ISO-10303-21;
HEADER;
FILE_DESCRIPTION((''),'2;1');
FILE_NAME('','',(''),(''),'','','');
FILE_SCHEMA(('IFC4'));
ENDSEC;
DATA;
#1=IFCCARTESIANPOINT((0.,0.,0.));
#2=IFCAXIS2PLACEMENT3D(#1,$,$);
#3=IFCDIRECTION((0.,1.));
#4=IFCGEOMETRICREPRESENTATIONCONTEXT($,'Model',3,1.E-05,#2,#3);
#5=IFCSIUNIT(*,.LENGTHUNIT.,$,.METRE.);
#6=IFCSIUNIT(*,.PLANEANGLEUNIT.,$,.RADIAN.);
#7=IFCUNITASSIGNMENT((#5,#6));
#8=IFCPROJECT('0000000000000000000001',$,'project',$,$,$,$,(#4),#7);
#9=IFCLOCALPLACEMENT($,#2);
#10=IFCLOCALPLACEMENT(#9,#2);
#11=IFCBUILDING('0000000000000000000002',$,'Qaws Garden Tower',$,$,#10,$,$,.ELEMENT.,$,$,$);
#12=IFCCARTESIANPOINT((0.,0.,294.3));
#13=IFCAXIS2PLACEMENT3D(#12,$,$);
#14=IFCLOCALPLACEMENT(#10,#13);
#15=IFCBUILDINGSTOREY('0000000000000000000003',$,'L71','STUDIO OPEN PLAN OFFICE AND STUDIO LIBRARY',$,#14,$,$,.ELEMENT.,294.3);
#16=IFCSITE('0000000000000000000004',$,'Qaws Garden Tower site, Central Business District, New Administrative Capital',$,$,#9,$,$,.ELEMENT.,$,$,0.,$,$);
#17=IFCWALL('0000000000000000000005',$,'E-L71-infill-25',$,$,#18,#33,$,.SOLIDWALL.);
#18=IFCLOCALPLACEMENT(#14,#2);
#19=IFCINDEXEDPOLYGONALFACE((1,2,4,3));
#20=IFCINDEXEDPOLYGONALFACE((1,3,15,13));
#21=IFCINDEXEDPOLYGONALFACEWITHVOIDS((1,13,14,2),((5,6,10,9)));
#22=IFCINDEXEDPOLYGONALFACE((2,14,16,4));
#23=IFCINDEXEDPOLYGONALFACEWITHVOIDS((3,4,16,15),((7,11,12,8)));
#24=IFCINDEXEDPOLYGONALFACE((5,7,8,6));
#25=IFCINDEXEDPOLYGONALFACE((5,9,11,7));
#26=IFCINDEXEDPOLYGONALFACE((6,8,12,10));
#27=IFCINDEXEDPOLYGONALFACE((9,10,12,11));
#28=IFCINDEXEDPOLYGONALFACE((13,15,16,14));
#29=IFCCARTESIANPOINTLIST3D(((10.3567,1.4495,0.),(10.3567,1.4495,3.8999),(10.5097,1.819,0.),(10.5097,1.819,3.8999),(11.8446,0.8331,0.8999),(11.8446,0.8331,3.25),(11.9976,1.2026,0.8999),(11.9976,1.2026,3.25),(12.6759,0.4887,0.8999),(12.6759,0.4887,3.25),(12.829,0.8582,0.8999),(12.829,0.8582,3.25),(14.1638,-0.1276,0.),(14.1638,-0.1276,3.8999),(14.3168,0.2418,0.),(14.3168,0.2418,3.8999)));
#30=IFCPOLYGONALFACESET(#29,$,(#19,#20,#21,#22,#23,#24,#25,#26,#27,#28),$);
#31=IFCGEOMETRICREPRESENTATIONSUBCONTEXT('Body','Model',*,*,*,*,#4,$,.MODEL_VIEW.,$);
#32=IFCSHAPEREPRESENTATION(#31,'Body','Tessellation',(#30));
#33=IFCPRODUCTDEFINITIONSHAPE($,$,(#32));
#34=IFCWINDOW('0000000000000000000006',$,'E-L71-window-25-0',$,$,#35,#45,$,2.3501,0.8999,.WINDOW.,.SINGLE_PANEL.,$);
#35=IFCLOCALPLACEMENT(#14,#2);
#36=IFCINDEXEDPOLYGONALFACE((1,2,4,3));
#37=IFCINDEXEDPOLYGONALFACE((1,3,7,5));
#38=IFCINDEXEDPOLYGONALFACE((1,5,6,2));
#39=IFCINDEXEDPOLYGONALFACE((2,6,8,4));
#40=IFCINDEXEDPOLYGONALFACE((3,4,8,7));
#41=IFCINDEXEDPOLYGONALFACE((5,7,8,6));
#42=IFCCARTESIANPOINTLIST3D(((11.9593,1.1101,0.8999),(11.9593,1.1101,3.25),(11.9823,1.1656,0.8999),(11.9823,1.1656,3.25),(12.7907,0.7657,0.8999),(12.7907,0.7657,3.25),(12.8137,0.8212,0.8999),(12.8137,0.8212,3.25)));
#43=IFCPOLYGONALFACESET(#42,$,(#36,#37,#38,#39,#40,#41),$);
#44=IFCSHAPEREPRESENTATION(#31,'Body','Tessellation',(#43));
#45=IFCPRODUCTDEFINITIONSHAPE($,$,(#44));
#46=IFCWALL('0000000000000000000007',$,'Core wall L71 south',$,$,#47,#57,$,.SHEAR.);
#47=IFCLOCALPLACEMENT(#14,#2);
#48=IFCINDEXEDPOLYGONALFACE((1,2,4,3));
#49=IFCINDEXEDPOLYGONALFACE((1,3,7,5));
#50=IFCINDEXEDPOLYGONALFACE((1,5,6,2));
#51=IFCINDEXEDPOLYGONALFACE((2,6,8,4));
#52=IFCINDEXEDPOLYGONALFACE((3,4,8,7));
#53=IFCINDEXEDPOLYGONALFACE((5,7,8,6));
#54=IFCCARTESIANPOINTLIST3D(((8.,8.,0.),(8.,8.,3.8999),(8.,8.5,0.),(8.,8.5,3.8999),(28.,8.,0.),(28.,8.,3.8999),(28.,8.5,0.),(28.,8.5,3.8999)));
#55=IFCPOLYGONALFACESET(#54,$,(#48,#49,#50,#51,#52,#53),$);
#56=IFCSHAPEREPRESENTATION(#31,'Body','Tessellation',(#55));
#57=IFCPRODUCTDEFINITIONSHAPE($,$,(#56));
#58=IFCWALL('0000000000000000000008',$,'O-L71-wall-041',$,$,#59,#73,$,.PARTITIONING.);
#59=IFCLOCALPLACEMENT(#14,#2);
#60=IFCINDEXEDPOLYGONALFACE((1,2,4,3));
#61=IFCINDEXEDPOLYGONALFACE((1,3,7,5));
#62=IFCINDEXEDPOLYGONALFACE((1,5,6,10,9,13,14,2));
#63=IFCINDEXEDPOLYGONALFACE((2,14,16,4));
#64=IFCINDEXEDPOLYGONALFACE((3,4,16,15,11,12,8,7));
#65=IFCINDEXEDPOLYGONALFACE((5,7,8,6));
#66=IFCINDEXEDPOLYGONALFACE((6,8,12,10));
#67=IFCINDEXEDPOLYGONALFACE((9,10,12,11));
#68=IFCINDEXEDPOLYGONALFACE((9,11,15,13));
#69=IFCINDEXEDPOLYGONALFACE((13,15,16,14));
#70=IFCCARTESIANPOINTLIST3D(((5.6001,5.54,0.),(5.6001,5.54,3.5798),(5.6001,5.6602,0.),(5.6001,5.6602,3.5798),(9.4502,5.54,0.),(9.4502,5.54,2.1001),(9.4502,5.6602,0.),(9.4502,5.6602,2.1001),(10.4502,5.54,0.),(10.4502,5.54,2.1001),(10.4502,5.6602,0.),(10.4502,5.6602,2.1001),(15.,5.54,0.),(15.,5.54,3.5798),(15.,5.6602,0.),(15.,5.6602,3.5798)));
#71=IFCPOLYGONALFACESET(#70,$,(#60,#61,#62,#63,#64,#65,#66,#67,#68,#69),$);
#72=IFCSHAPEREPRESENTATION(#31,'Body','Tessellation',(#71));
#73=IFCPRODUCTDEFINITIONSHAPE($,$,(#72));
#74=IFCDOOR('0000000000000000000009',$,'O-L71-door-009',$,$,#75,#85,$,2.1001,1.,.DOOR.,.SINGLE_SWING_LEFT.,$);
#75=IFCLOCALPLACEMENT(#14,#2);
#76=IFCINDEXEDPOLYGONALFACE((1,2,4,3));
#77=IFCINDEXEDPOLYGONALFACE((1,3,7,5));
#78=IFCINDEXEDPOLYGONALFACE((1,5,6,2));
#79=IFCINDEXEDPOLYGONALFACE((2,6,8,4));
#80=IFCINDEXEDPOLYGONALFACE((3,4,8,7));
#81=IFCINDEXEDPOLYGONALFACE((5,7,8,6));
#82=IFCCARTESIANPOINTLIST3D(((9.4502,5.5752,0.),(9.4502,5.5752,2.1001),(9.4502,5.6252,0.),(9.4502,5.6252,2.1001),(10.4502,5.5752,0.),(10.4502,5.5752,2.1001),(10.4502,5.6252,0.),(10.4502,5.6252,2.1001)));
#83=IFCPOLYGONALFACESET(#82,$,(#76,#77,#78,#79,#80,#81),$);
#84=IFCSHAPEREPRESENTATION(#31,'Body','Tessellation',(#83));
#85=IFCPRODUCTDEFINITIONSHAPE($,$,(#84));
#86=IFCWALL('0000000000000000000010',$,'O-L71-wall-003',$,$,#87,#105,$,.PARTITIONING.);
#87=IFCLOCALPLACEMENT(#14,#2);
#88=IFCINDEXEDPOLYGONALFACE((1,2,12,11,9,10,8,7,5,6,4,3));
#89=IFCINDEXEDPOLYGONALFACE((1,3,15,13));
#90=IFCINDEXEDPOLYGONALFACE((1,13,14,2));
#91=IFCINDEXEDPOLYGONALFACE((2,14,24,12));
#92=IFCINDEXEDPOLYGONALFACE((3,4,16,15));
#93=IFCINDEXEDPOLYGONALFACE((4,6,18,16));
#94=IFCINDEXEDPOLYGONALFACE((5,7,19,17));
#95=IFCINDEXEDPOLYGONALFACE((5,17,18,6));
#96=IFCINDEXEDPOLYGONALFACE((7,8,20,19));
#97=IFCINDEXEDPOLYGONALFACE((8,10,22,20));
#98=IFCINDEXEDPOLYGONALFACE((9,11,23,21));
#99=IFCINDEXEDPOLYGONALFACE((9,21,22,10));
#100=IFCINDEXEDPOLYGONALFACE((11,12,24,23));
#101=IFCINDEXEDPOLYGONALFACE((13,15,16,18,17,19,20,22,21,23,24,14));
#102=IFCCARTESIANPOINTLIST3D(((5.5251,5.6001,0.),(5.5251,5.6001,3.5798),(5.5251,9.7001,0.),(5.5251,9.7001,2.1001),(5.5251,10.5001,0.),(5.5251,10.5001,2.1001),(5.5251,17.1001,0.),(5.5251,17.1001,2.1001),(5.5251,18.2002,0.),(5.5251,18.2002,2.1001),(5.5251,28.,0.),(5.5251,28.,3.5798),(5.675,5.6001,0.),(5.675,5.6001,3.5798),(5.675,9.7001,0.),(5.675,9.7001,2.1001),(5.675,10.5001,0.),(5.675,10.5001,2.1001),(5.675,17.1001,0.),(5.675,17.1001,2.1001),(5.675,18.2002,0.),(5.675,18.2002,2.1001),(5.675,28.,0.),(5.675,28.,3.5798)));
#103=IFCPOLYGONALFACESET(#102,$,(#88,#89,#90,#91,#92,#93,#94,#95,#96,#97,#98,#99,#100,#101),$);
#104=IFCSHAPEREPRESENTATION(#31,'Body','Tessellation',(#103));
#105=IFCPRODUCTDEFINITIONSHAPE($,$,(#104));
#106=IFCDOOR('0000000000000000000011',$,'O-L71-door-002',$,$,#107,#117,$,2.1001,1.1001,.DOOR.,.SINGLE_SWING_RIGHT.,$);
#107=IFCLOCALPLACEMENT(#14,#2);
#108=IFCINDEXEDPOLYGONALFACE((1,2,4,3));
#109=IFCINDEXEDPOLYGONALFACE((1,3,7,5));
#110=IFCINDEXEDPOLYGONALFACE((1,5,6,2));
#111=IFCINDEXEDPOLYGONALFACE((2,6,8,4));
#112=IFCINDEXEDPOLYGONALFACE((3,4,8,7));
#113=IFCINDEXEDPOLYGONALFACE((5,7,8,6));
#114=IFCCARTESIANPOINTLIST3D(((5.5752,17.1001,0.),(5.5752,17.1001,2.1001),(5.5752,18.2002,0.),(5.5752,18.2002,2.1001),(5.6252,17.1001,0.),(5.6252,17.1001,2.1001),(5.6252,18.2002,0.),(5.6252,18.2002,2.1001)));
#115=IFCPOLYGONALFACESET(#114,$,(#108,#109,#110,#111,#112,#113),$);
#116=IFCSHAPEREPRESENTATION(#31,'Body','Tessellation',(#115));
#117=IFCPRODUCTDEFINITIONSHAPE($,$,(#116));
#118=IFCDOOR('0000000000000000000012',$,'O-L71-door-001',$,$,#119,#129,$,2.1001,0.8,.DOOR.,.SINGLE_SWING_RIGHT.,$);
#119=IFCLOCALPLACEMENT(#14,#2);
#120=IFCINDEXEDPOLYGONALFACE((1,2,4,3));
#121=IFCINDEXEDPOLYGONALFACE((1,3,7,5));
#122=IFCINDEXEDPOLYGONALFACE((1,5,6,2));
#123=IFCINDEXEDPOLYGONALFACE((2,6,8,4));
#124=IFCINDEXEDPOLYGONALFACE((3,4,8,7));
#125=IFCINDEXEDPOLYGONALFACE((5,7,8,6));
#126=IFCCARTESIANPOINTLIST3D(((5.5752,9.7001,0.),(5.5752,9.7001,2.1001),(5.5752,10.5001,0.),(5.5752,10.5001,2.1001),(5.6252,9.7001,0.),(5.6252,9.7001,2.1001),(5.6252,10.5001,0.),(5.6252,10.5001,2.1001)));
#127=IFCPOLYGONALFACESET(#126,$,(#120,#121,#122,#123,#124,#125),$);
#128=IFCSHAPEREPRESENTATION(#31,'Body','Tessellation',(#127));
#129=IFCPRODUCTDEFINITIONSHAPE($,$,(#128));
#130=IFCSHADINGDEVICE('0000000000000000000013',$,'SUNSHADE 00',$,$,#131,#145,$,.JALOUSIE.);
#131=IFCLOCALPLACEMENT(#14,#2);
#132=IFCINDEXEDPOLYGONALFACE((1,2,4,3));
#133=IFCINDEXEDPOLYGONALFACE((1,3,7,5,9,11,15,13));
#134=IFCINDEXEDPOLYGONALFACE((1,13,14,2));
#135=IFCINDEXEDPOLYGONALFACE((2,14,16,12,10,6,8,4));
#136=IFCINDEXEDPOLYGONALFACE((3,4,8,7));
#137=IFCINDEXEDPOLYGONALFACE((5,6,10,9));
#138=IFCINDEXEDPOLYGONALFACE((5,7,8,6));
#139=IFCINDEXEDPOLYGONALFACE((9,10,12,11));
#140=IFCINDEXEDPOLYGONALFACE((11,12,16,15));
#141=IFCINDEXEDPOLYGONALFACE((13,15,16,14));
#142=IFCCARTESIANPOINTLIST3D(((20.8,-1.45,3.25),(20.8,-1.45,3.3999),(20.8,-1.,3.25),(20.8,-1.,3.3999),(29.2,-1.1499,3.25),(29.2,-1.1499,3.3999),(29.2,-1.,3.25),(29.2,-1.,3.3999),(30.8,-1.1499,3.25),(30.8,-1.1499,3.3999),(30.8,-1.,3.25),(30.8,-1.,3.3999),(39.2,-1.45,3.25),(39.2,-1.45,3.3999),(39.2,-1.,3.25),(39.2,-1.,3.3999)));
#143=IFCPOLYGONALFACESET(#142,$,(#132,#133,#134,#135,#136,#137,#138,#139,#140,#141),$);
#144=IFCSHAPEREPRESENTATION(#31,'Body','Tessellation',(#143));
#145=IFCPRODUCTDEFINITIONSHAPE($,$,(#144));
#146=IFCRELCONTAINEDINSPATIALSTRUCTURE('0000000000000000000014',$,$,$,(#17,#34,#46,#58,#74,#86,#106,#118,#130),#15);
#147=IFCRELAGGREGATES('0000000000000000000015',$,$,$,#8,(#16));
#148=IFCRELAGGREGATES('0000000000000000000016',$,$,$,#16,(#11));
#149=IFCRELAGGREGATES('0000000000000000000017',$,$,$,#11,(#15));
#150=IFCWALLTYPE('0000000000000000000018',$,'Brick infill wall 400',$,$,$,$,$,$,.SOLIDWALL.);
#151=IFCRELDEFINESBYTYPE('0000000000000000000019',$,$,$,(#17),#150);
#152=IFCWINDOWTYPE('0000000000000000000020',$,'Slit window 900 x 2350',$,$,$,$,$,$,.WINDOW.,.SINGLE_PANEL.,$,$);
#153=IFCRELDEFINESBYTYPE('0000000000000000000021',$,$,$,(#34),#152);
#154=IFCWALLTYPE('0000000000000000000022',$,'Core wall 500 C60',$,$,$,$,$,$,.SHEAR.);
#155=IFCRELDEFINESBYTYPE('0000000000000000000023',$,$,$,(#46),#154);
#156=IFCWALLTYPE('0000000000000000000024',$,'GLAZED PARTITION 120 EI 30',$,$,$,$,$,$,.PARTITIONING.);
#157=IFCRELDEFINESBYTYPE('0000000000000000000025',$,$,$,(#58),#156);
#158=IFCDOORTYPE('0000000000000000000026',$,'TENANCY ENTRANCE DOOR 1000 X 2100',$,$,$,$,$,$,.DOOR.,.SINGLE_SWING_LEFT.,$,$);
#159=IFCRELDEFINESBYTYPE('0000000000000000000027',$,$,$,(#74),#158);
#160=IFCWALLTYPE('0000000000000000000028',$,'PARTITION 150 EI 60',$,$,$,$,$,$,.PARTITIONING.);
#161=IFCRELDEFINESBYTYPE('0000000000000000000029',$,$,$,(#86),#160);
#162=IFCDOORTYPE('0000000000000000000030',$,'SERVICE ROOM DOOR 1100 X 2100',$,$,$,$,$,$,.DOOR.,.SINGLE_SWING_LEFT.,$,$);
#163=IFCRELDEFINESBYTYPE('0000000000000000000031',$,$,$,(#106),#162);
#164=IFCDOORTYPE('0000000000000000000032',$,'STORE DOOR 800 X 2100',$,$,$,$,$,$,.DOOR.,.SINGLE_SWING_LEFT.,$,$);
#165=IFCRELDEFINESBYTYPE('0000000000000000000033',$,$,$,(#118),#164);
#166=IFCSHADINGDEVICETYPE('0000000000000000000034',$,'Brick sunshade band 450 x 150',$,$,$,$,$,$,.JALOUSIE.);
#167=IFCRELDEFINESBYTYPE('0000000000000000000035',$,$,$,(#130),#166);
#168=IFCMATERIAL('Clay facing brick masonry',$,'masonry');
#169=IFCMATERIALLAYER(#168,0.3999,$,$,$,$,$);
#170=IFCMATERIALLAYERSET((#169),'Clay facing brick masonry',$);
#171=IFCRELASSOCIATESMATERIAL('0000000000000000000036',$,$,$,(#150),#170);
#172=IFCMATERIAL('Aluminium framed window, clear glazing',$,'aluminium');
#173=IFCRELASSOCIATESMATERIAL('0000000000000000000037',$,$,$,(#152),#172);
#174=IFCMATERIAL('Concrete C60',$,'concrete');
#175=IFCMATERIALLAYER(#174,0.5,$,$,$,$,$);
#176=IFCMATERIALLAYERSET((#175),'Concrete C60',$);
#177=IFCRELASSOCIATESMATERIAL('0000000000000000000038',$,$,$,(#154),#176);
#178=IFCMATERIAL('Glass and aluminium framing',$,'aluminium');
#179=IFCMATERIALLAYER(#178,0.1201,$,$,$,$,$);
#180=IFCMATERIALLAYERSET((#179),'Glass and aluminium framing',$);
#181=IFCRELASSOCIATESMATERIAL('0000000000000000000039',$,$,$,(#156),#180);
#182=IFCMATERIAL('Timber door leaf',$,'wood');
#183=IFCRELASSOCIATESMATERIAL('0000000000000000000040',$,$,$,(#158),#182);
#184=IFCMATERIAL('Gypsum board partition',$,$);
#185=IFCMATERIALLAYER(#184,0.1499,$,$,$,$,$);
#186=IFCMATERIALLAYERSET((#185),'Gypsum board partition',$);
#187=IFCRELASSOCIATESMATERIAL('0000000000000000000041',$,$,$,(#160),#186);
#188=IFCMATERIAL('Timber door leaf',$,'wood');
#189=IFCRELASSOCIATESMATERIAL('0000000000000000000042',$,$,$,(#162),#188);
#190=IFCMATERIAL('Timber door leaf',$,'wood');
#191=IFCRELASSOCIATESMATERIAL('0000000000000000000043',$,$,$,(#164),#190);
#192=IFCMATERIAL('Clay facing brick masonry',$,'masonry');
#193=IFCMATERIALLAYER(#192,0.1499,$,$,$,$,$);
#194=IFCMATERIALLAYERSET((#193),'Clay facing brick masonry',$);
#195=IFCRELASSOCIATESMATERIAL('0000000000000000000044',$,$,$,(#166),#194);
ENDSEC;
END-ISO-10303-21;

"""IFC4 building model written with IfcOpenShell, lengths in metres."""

from ifc_helpers import new_model, si_unit, direction, frame, frame_2d, origin, place, context, subcontext, project, spatial, polyline, rectangle, outline, extrude, material, layer, layer_set, type_object, element, fill, save


model = new_model("IFC4")

# Units and contexts
model_context = context("Model", 3, precision=1e-05, world=origin(), true_north=direction((0.0, 1.0)))
body_context = subcontext(model_context, "Body", "Model", "MODEL_VIEW")
ifc_project = project(units=[si_unit("LENGTHUNIT", "METRE"), si_unit("PLANEANGLEUNIT", "RADIAN")], contexts=[model_context])

# Site, building, storey
site_placement = place(None, origin())
site = spatial("IfcSite", under=ifc_project, at=site_placement, Name="Qaws Garden Tower site, Central Business District, New Administrative Capital", CompositionType="ELEMENT", RefElevation=0.0)
building_placement = place(site_placement, origin())
building = spatial("IfcBuilding", under=site, at=building_placement, Name="Qaws Garden Tower", CompositionType="ELEMENT")
storey_placement = place(building_placement, frame((0.0, 0.0, 294.3)))
storey = spatial("IfcBuildingStorey", under=building, at=storey_placement, Name="L71", Description="STUDIO OPEN PLAN OFFICE AND STUDIO LIBRARY", CompositionType="ELEMENT", Elevation=294.3)

# Wall, opening, window
ifc_material_1 = material(Name="Clay facing brick masonry", Category="masonry")
ifc_layer_1 = layer(ifc_material_1, 0.3999)
ifc_layer_set_1 = layer_set([ifc_layer_1], Name="Clay facing brick masonry")
wall_type_1 = type_object("IfcWallType", Name="Brick infill wall 400", PredefinedType="SOLIDWALL", material=ifc_layer_set_1)
ifc_material_2 = material(Name="Aluminium framed window, clear glazing", Category="aluminium")
window_type = type_object("IfcWindowType", Name="Slit window 900 x 2350", PartitioningType="SINGLE_PANEL", PredefinedType="WINDOW", material=ifc_material_2)
wall_1_placement = place(storey_placement, frame((10.4331, 1.6343, 0.0), z_axis=(0.0, 0.0, 1.0), x_axis=(0.923864, -0.382722, 0.0)))
wall_1 = element("IfcWall", 1, at=wall_1_placement, inside=storey, type_object=wall_type_1, Name="E-L71-infill-25", PredefinedType="SOLIDWALL", context=body_context, shape_type="SweptSolid", body=[
    extrude(rectangle(XDim=4.1208, YDim=0.3999, at=frame_2d((2.0605, 0.0))), origin(), (0.0, 0.0, 1.0), 3.8999),
])
opening_1_placement = place(wall_1_placement, frame((1.6106, 0.0, 0.8999)))
opening_1 = element("IfcOpeningElement", 2, at=opening_1_placement, cuts=wall_1, PredefinedType="OPENING", context=body_context, shape_type="SweptSolid", body=[
    extrude(rectangle(XDim=0.8999, YDim=2.3501, at=frame_2d((0.45, 1.175))), frame((0.0, 0.21, 0.0), z_axis=(0.0, -1.0, 0.0), x_axis=(1.0, 0.0, 0.0)), (0.0, 0.0, 1.0), 0.4199),
])
window_1_placement = place(opening_1_placement, origin())
window_1 = element("IfcWindow", 3, at=window_1_placement, inside=storey, type_object=window_type, Name="E-L71-window-25-0", OverallHeight=2.3501, OverallWidth=0.8999, PartitioningType="SINGLE_PANEL", PredefinedType="WINDOW", context=body_context, shape_type="SweptSolid", body=[
    extrude(rectangle(XDim=0.8999, YDim=2.3501, at=frame_2d((0.45, 1.175))), frame((0.0, 0.1599, 0.0), z_axis=(0.0, -1.0, 0.0), x_axis=(1.0, 0.0, 0.0)), (0.0, 0.0, 1.0), 0.0601),
])
fill(opening_1, window_1)

# Wall
ifc_material_3 = material(Name="Concrete C60", Category="concrete")
ifc_layer_2 = layer(ifc_material_3, 0.5)
ifc_layer_set_2 = layer_set([ifc_layer_2], Name="Concrete C60")
wall_type_2 = type_object("IfcWallType", Name="Core wall 500 C60", PredefinedType="SHEAR", material=ifc_layer_set_2)
wall_2_placement = place(storey_placement, frame((8.0, 8.25, 0.0), z_axis=(0.0, 0.0, 1.0), x_axis=(1.0, 0.0, 0.0)))
element("IfcWall", 4, at=wall_2_placement, inside=storey, type_object=wall_type_2, Name="Core wall L71 south", PredefinedType="SHEAR", context=body_context, shape_type="SweptSolid", body=[
    extrude(rectangle(XDim=20.0, YDim=0.5, at=frame_2d((10.0, 0.0))), origin(), (0.0, 0.0, 1.0), 3.8999),
])

# Wall, opening, door
ifc_material_4 = material(Name="Glass and aluminium framing", Category="aluminium")
ifc_layer_3 = layer(ifc_material_4, 0.1201)
ifc_layer_set_3 = layer_set([ifc_layer_3], Name="Glass and aluminium framing")
wall_type_3 = type_object("IfcWallType", Name="GLAZED PARTITION 120 EI 30", PredefinedType="PARTITIONING", material=ifc_layer_set_3)
wall_3_placement = place(storey_placement, frame((5.6001, 5.6001, 0.0), z_axis=(0.0, 0.0, 1.0), x_axis=(1.0, 0.0, 0.0)))
wall_3 = element("IfcWall", 5, at=wall_3_placement, inside=storey, type_object=wall_type_3, Name="O-L71-wall-041", PredefinedType="PARTITIONING", context=body_context, shape_type="SweptSolid", body=[
    extrude(rectangle(XDim=9.3999, YDim=0.1201, at=frame_2d((4.7, 0.0))), origin(), (0.0, 0.0, 1.0), 3.5798),
])
opening_2_placement = place(wall_3_placement, frame((3.8501, 0.0, 0.0)))
opening_2 = element("IfcOpeningElement", 6, at=opening_2_placement, cuts=wall_3, PredefinedType="OPENING", context=body_context, shape_type="SweptSolid", body=[
    extrude(rectangle(XDim=1.0, YDim=2.1001, at=frame_2d((0.5, 1.05))), frame((0.0, 0.0701, 0.0), z_axis=(0.0, -1.0, 0.0), x_axis=(1.0, 0.0, 0.0)), (0.0, 0.0, 1.0), 0.1401),
])
ifc_material_5 = material(Name="Timber door leaf", Category="wood")
door_type_1 = type_object("IfcDoorType", Name="TENANCY ENTRANCE DOOR 1000 X 2100", OperationType="SINGLE_SWING_LEFT", PredefinedType="DOOR", material=ifc_material_5)
door_1_placement = place(opening_2_placement, frame((1.0, 0.0, 0.0), z_axis=(0.0, 0.0, 1.0), x_axis=(-1.0, 0.0, 0.0)))
door_1 = element("IfcDoor", 7, at=door_1_placement, inside=storey, type_object=door_type_1, Name="O-L71-door-009", OperationType="SINGLE_SWING_LEFT", OverallHeight=2.1001, OverallWidth=1.0, PredefinedType="DOOR", context=body_context, shape_type="SweptSolid", body=[
    extrude(rectangle(XDim=1.0, YDim=2.1001, at=frame_2d((0.5, 1.05))), frame((0.0, 0.0249, 0.0), z_axis=(0.0, -1.0, 0.0), x_axis=(1.0, 0.0, 0.0)), (0.0, 0.0, 1.0), 0.05),
])
fill(opening_2, door_1)

# Wall, openings, doors
ifc_material_6 = material(Name="Gypsum board partition")
ifc_layer_4 = layer(ifc_material_6, 0.1499)
ifc_layer_set_4 = layer_set([ifc_layer_4], Name="Gypsum board partition")
wall_type_4 = type_object("IfcWallType", Name="PARTITION 150 EI 60", PredefinedType="PARTITIONING", material=ifc_layer_set_4)
wall_4_placement = place(storey_placement, frame((5.6001, 5.6001, 0.0), z_axis=(0.0, 0.0, 1.0), x_axis=(0.0, 1.0, 0.0)))
wall_4 = element("IfcWall", 8, at=wall_4_placement, inside=storey, type_object=wall_type_4, Name="O-L71-wall-003", PredefinedType="PARTITIONING", context=body_context, shape_type="SweptSolid", body=[
    extrude(rectangle(XDim=22.3999, YDim=0.1499, at=frame_2d((11.2, 0.0))), origin(), (0.0, 0.0, 1.0), 3.5798),
])
opening_3_placement = place(wall_4_placement, frame((4.1001, 0.0, 0.0)))
opening_3 = element("IfcOpeningElement", 9, at=opening_3_placement, cuts=wall_4, PredefinedType="OPENING", context=body_context, shape_type="SweptSolid", body=[
    extrude(rectangle(XDim=0.8, YDim=2.1001, at=frame_2d((0.3999, 1.05))), frame((0.0, 0.085, 0.0), z_axis=(0.0, -1.0, 0.0), x_axis=(1.0, 0.0, 0.0)), (0.0, 0.0, 1.0), 0.1699),
])
opening_4_placement = place(wall_4_placement, frame((11.5, 0.0, 0.0)))
opening_4 = element("IfcOpeningElement", 10, at=opening_4_placement, cuts=wall_4, PredefinedType="OPENING", context=body_context, shape_type="SweptSolid", body=[
    extrude(rectangle(XDim=1.1001, YDim=2.1001, at=frame_2d((0.55, 1.05))), frame((0.0, 0.085, 0.0), z_axis=(0.0, -1.0, 0.0), x_axis=(1.0, 0.0, 0.0)), (0.0, 0.0, 1.0), 0.1699),
])
ifc_material_7 = material(Name="Timber door leaf", Category="wood")
door_type_2 = type_object("IfcDoorType", Name="SERVICE ROOM DOOR 1100 X 2100", OperationType="SINGLE_SWING_LEFT", PredefinedType="DOOR", material=ifc_material_7)
door_2_placement = place(opening_4_placement, origin())
door_2 = element("IfcDoor", 11, at=door_2_placement, inside=storey, type_object=door_type_2, Name="O-L71-door-002", OperationType="SINGLE_SWING_RIGHT", OverallHeight=2.1001, OverallWidth=1.1001, PredefinedType="DOOR", context=body_context, shape_type="SweptSolid", body=[
    extrude(rectangle(XDim=1.1001, YDim=2.1001, at=frame_2d((0.55, 1.05))), frame((0.0, 0.0249, 0.0), z_axis=(0.0, -1.0, 0.0), x_axis=(1.0, 0.0, 0.0)), (0.0, 0.0, 1.0), 0.05),
])
fill(opening_4, door_2)
ifc_material_8 = material(Name="Timber door leaf", Category="wood")
door_type_3 = type_object("IfcDoorType", Name="STORE DOOR 800 X 2100", OperationType="SINGLE_SWING_LEFT", PredefinedType="DOOR", material=ifc_material_8)
door_3_placement = place(opening_3_placement, origin())
door_3 = element("IfcDoor", 12, at=door_3_placement, inside=storey, type_object=door_type_3, Name="O-L71-door-001", OperationType="SINGLE_SWING_RIGHT", OverallHeight=2.1001, OverallWidth=0.8, PredefinedType="DOOR", context=body_context, shape_type="SweptSolid", body=[
    extrude(rectangle(XDim=0.8, YDim=2.1001, at=frame_2d((0.3999, 1.05))), frame((0.0, 0.0249, 0.0), z_axis=(0.0, -1.0, 0.0), x_axis=(1.0, 0.0, 0.0)), (0.0, 0.0, 1.0), 0.05),
])
fill(opening_3, door_3)

# Shading device
ifc_material_9 = material(Name="Clay facing brick masonry", Category="masonry")
ifc_layer_5 = layer(ifc_material_9, 0.1499)
ifc_layer_set_5 = layer_set([ifc_layer_5], Name="Clay facing brick masonry")
shading_device_type = type_object("IfcShadingDeviceType", Name="Brick sunshade band 450 x 150", PredefinedType="JALOUSIE", material=ifc_layer_set_5)
shading_device_placement = place(storey_placement, frame((0.0, 0.0, 3.25)))
element("IfcShadingDevice", 13, at=shading_device_placement, inside=storey, type_object=shading_device_type, Name="SUNSHADE 00", PredefinedType="JALOUSIE", context=body_context, shape_type="SweptSolid", body=[
    extrude(outline(polyline([(20.8, -1.0), (20.8, -1.45), (39.2, -1.45), (39.2, -1.0), (30.8, -1.0), (30.8, -1.1499), (29.2, -1.1499), (29.2, -1.0), (20.8, -1.0)])), origin(), (0.0, 0.0, 1.0), 0.1499),
])

save(model, "model.ifc")
